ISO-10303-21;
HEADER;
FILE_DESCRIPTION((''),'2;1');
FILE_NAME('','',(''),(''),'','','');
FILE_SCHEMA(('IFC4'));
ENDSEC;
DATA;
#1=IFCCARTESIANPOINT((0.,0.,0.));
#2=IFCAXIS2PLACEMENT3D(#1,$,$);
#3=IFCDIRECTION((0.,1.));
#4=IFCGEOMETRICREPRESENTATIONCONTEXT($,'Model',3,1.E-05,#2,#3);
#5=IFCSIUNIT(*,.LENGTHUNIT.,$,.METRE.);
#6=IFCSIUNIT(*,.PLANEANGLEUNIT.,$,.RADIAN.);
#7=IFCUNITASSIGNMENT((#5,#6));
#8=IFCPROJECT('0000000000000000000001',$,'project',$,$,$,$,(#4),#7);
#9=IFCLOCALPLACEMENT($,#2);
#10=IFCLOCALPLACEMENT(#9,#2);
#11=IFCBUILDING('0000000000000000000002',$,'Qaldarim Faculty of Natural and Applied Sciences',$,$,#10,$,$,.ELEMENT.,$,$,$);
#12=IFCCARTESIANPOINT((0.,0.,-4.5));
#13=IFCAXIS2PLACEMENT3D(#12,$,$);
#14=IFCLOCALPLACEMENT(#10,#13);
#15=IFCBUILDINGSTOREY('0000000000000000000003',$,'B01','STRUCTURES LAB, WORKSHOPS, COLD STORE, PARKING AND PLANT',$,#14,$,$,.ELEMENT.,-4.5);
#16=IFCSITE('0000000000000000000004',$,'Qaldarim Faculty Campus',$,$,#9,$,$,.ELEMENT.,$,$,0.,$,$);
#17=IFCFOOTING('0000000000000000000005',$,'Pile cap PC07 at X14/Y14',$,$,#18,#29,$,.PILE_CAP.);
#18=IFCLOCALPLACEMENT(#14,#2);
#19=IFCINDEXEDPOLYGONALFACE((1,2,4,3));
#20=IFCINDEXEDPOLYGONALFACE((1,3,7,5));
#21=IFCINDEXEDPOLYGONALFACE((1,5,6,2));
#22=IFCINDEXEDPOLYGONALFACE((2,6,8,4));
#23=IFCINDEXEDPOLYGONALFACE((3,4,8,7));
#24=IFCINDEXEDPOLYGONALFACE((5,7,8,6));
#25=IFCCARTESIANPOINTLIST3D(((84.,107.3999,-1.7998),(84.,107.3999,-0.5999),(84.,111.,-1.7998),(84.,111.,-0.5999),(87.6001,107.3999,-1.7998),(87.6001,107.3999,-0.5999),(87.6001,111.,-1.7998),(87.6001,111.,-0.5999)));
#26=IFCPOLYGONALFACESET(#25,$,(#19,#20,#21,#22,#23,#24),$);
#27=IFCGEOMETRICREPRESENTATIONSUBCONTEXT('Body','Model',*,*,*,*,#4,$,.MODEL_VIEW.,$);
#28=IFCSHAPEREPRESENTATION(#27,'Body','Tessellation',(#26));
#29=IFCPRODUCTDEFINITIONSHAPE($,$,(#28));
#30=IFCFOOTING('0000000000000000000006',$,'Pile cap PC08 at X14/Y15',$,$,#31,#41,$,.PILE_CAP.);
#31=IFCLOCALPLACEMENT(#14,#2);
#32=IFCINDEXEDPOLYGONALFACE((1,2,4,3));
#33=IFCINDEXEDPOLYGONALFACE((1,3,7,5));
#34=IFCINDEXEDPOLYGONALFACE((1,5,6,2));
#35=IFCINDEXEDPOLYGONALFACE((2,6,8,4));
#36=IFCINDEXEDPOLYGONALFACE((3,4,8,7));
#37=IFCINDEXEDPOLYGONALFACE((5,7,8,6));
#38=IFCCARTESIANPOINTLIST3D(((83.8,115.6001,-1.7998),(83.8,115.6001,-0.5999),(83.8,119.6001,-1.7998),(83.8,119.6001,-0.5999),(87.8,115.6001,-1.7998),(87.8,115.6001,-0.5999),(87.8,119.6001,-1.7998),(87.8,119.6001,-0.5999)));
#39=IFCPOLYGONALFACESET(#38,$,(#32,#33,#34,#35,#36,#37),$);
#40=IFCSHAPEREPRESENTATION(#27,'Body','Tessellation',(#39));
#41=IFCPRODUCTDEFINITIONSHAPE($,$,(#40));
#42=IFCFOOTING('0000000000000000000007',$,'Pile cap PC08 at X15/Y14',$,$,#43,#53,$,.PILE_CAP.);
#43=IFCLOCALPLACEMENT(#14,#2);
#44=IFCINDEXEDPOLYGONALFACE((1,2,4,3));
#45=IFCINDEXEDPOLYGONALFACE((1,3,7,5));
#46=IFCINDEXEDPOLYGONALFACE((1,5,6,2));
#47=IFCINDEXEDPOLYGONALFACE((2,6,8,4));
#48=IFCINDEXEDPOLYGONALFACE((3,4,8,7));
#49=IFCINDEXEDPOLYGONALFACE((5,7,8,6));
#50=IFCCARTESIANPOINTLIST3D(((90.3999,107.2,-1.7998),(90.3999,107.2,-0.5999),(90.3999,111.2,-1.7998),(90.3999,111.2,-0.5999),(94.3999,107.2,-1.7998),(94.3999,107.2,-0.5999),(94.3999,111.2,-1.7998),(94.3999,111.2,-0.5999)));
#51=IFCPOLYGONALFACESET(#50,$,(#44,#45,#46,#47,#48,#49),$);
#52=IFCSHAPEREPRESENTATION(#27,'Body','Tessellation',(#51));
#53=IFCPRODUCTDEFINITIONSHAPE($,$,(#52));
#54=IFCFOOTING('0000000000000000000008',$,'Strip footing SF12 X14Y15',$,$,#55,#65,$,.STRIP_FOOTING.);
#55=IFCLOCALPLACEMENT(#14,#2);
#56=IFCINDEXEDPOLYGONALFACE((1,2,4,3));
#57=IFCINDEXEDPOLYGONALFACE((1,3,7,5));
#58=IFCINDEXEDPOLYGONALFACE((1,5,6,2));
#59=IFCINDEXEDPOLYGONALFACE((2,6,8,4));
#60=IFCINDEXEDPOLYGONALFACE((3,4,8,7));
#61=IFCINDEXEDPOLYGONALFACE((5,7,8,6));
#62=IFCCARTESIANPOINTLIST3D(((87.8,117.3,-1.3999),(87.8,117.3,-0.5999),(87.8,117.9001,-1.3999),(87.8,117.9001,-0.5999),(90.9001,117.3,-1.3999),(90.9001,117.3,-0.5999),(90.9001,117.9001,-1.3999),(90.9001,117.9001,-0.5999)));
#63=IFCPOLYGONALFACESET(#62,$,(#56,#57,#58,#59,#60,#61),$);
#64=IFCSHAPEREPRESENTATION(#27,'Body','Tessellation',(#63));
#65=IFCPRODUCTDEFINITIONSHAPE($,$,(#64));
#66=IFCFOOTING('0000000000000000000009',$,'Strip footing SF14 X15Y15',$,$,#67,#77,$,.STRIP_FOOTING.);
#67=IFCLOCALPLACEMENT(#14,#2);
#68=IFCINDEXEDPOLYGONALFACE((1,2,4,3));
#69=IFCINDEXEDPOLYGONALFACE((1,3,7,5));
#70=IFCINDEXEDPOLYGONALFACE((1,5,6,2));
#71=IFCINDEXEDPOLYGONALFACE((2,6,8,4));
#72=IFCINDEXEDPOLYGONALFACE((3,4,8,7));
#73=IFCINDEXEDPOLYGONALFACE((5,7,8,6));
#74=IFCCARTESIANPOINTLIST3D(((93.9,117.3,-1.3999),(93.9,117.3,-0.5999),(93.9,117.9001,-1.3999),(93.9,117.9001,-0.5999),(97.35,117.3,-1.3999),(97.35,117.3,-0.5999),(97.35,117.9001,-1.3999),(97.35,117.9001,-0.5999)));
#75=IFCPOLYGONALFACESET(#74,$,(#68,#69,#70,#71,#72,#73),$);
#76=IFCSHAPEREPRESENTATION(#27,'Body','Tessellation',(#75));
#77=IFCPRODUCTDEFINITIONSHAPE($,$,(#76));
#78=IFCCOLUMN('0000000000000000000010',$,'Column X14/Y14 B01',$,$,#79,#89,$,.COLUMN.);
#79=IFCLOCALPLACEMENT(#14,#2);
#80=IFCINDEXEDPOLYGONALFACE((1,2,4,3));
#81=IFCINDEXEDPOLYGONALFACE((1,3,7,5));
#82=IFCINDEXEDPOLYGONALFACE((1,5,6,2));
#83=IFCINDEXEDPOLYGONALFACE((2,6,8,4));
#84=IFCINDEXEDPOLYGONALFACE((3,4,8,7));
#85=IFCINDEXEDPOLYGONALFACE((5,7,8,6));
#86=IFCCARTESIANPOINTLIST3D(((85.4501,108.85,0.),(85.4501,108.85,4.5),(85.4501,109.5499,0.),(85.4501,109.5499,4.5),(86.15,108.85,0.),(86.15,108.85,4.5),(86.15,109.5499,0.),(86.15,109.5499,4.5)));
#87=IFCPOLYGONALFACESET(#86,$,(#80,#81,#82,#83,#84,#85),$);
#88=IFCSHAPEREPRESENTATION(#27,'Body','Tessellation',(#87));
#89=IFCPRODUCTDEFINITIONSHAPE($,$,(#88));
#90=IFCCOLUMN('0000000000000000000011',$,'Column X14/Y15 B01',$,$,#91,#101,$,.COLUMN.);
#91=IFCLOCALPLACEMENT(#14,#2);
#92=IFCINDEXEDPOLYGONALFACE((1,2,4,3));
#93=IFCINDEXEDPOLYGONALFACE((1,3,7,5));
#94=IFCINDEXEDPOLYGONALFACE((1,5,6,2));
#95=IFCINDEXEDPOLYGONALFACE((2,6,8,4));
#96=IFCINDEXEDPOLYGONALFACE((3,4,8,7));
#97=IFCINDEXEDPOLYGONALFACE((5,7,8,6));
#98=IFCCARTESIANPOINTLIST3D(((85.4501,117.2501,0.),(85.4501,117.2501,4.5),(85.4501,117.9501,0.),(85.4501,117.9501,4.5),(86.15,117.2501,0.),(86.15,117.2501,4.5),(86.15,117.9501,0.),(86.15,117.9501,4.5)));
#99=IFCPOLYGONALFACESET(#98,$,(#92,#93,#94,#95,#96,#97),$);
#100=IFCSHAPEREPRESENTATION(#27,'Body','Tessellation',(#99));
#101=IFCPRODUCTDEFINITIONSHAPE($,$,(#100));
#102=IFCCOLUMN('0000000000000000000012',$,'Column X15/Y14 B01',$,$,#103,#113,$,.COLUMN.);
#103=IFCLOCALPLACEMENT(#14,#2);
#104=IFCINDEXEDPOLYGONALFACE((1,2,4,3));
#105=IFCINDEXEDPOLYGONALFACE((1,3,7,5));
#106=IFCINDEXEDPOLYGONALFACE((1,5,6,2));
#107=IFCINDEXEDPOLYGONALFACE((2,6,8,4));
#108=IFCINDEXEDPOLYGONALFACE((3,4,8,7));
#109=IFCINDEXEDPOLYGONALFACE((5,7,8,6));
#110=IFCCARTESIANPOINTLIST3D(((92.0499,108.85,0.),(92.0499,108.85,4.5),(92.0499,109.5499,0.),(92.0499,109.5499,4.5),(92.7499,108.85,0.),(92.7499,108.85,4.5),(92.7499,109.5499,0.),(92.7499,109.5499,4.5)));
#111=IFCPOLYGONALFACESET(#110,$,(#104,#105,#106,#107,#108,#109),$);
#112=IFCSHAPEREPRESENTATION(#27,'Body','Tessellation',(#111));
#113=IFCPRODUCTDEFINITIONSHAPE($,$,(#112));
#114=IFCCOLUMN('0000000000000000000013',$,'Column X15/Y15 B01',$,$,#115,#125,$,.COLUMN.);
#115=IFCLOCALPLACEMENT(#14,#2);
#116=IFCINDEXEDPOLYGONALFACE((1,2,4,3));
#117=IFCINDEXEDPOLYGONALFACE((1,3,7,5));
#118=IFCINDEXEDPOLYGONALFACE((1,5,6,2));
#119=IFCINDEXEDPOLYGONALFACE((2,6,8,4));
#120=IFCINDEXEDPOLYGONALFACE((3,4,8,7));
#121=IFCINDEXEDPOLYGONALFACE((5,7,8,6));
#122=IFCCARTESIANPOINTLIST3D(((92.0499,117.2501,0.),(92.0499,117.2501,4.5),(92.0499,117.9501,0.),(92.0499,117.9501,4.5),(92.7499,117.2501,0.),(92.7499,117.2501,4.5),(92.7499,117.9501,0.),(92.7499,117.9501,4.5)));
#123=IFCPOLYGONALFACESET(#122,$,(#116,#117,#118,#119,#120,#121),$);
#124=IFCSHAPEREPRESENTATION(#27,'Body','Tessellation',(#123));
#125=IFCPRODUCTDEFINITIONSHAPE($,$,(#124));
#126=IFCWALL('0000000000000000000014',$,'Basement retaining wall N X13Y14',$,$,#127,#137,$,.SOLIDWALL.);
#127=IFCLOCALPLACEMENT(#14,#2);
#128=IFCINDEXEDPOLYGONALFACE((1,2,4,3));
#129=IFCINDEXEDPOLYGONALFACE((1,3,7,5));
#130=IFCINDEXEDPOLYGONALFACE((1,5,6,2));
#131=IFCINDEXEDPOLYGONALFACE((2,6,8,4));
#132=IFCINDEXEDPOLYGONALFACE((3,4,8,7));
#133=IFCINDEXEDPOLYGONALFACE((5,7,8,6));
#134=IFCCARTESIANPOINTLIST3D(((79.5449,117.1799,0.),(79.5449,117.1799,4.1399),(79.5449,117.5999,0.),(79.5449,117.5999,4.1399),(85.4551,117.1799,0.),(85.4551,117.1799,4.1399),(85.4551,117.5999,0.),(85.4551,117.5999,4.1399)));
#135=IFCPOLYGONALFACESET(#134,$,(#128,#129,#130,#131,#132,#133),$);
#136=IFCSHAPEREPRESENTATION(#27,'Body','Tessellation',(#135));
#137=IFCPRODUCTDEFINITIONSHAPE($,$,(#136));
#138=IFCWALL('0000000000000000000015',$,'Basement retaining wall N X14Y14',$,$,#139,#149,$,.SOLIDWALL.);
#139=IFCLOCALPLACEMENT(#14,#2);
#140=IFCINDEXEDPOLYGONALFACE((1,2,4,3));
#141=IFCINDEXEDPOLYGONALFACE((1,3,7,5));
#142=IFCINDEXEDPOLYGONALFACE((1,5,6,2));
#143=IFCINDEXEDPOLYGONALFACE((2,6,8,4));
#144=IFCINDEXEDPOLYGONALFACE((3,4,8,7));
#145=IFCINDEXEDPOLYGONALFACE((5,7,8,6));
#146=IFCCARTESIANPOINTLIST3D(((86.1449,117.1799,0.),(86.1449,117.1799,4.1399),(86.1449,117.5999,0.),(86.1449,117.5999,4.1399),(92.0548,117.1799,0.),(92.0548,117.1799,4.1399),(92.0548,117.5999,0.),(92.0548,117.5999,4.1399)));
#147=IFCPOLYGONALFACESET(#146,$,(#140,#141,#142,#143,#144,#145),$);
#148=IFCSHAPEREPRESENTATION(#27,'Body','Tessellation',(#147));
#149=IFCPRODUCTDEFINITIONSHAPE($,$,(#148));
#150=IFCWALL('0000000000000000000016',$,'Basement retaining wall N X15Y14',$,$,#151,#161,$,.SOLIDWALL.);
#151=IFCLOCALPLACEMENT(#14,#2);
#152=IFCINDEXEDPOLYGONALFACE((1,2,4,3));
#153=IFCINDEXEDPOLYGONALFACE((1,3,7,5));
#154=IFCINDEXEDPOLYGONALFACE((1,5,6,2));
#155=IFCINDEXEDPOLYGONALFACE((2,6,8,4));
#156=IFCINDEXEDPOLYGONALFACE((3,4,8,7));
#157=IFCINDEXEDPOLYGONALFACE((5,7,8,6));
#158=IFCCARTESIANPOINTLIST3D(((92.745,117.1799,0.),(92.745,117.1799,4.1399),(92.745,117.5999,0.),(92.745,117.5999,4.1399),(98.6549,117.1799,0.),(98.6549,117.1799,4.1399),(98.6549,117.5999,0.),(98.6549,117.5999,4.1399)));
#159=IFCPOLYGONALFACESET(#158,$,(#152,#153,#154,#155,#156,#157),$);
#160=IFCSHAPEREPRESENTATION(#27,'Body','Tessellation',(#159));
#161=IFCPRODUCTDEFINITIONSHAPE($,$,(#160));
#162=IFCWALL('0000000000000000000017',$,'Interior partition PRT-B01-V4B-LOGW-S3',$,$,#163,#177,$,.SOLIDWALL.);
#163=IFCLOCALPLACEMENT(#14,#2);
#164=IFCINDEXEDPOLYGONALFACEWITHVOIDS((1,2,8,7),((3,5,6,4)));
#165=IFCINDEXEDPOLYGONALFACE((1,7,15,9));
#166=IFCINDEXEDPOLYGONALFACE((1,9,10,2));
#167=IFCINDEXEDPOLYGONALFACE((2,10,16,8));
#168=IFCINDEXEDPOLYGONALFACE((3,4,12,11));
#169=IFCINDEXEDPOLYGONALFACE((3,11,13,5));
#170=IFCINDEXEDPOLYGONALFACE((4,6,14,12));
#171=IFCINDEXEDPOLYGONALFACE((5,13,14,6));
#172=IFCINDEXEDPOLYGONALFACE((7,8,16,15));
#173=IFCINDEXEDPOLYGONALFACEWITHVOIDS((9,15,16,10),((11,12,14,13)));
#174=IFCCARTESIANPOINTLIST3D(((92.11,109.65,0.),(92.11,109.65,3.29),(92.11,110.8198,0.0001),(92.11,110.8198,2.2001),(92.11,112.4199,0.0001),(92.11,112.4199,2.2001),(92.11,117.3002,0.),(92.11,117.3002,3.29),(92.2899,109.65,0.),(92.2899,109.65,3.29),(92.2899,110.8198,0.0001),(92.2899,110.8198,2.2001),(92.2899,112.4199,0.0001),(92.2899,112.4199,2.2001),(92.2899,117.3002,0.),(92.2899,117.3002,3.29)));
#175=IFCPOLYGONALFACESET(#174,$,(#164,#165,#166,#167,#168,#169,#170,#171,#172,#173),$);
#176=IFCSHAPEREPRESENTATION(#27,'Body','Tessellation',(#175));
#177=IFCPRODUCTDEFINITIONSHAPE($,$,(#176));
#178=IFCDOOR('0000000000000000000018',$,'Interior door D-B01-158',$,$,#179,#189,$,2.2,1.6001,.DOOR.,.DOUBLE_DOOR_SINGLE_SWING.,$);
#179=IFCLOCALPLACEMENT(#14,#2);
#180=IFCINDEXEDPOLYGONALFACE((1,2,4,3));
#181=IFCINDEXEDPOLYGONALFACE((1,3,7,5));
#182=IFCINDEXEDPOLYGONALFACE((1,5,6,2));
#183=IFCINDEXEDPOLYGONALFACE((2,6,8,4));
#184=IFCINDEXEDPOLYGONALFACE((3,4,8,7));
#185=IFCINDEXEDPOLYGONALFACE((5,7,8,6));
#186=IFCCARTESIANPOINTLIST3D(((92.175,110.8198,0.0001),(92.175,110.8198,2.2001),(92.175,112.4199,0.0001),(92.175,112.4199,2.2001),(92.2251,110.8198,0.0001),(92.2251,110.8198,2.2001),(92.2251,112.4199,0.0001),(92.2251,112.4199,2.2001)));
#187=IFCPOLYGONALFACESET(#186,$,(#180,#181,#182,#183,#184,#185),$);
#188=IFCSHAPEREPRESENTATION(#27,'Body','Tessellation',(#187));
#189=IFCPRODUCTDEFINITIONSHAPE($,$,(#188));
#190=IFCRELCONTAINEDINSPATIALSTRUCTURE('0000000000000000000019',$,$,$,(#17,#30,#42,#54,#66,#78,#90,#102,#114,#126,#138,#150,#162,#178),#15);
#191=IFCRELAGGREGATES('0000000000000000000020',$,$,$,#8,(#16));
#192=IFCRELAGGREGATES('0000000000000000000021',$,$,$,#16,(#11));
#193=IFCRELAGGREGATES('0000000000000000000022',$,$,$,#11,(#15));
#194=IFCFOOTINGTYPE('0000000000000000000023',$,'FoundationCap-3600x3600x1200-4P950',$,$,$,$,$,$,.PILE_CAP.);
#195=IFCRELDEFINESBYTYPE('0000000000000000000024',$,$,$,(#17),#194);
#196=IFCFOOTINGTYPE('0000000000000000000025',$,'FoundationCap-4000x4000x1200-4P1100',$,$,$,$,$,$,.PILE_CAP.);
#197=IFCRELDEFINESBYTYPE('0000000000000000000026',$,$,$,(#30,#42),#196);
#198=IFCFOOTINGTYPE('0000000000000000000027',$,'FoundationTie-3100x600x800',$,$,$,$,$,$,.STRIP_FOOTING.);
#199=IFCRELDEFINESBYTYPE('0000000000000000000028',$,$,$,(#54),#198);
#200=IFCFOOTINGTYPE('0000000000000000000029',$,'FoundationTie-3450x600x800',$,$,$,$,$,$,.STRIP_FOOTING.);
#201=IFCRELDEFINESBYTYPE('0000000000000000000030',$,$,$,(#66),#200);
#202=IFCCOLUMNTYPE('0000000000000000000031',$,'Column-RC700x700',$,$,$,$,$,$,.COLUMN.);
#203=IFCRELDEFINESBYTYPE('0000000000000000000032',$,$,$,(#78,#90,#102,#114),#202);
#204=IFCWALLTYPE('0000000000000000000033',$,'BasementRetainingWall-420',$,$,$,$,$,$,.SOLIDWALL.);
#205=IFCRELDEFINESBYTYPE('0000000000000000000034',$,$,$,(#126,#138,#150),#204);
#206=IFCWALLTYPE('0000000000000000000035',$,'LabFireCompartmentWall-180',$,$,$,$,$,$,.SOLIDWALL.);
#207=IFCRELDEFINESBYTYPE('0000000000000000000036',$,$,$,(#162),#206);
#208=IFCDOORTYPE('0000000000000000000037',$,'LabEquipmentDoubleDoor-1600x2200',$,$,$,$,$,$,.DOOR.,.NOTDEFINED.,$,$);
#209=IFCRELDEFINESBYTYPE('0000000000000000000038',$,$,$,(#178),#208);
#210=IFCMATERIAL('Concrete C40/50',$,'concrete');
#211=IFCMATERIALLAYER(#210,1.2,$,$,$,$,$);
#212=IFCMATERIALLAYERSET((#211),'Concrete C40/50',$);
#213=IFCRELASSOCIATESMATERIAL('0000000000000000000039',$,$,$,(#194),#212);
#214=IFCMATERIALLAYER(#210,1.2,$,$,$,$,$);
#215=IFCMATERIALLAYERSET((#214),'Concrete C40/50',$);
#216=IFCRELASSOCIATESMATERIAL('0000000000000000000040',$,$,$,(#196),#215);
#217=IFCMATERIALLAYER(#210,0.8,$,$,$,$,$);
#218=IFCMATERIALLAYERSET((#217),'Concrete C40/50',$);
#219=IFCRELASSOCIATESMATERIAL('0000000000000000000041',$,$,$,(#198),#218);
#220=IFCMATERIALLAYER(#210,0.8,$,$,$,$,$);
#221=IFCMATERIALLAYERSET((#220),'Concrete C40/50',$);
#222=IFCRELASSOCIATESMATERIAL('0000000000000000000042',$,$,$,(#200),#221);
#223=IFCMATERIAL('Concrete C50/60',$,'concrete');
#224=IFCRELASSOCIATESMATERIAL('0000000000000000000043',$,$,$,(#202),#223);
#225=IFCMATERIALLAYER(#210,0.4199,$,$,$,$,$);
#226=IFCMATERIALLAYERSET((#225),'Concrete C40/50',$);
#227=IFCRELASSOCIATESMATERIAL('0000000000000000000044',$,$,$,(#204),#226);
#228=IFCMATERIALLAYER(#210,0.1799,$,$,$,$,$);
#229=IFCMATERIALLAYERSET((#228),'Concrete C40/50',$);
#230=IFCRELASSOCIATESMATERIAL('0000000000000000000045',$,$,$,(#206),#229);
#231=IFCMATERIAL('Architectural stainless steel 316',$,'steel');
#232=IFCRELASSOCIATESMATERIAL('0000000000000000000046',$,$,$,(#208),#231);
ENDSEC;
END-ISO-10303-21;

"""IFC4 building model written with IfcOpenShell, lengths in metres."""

from ifc_helpers import new_model, si_unit, direction, frame, frame_2d, origin, origin_2d, place, context, subcontext, project, spatial, rectangle, extrude, material, layer, layer_set, material_profile, profile_set, type_object, element, fill, save


model = new_model("IFC4")

# Units and contexts
model_context = context("Model", 3, precision=1e-05, world=origin(), true_north=direction((0.0, 1.0)))
body_context = subcontext(model_context, "Body", "Model", "MODEL_VIEW")
ifc_project = project(units=[si_unit("LENGTHUNIT", "METRE"), si_unit("PLANEANGLEUNIT", "RADIAN")], contexts=[model_context])

# Site, building, storey
site_placement = place(None, origin())
site = spatial("IfcSite", under=ifc_project, at=site_placement, Name="Qaldarim Faculty Campus", CompositionType="ELEMENT", RefElevation=0.0)
building_placement = place(site_placement, origin())
building = spatial("IfcBuilding", under=site, at=building_placement, Name="Qaldarim Faculty of Natural and Applied Sciences", CompositionType="ELEMENT")
storey_placement = place(building_placement, frame((0.0, 0.0, -4.5)))
storey = spatial("IfcBuildingStorey", under=building, at=storey_placement, Name="B01", Description="STRUCTURES LAB, WORKSHOPS, COLD STORE, PARKING AND PLANT", CompositionType="ELEMENT", Elevation=-4.5)

# Shared definitions
ifc_material_1 = material(Name="Concrete C40/50", Category="concrete")

# Footings
ifc_layer_1 = layer(ifc_material_1, 1.2)
ifc_layer_set_1 = layer_set([ifc_layer_1], Name="Concrete C40/50")
footing_type_1 = type_object("IfcFootingType", Name="FoundationCap-3600x3600x1200-4P950", PredefinedType="PILE_CAP", material=ifc_layer_set_1)
footing_1_placement = place(storey_placement, frame((85.8, 109.2, -1.7998), z_axis=(0.0, 0.0, 1.0), x_axis=(1.0, 0.0, 0.0)))
element("IfcFooting", 1, at=footing_1_placement, inside=storey, type_object=footing_type_1, Name="Pile cap PC07 at X14/Y14", PredefinedType="PILE_CAP", context=body_context, shape_type="SweptSolid", body=[
    extrude(rectangle(XDim=3.6001, YDim=3.6001, at=origin_2d()), origin(), (0.0, 0.0, 1.0), 1.2),
])
ifc_layer_2 = layer(ifc_material_1, 1.2)
ifc_layer_set_2 = layer_set([ifc_layer_2], Name="Concrete C40/50")
footing_type_2 = type_object("IfcFootingType", Name="FoundationCap-4000x4000x1200-4P1100", PredefinedType="PILE_CAP", material=ifc_layer_set_2)
for number, where, z_axis, x_axis, name in (
    (2, (85.8, 117.6001, -1.7998), (0.0, 0.0, 1.0), (1.0, 0.0, 0.0), "Pile cap PC08 at X14/Y15"),
    (3, (92.3999, 109.2, -1.7998), (0.0, 0.0, 1.0), (1.0, 0.0, 0.0), "Pile cap PC08 at X15/Y14"),
):
    element("IfcFooting", number, at=place(storey_placement, frame(where, z_axis=z_axis, x_axis=x_axis)), inside=storey, type_object=footing_type_2, Name=name, PredefinedType="PILE_CAP", context=body_context, shape_type="SweptSolid", body=[
        extrude(rectangle(XDim=4.0, YDim=4.0, at=origin_2d()), origin(), (0.0, 0.0, 1.0), 1.2),
    ])
ifc_layer_3 = layer(ifc_material_1, 0.8)
ifc_layer_set_3 = layer_set([ifc_layer_3], Name="Concrete C40/50")
footing_type_3 = type_object("IfcFootingType", Name="FoundationTie-3100x600x800", PredefinedType="STRIP_FOOTING", material=ifc_layer_set_3)
footing_2_placement = place(storey_placement, frame((89.3501, 117.6001, -1.3999), z_axis=(0.0, 0.0, 1.0), x_axis=(1.0, 0.0, 0.0)))
element("IfcFooting", 4, at=footing_2_placement, inside=storey, type_object=footing_type_3, Name="Strip footing SF12 X14Y15", PredefinedType="STRIP_FOOTING", context=body_context, shape_type="SweptSolid", body=[
    extrude(rectangle(XDim=3.1001, YDim=0.6001, at=origin_2d()), origin(), (0.0, 0.0, 1.0), 0.8),
])
ifc_layer_4 = layer(ifc_material_1, 0.8)
ifc_layer_set_4 = layer_set([ifc_layer_4], Name="Concrete C40/50")
footing_type_4 = type_object("IfcFootingType", Name="FoundationTie-3450x600x800", PredefinedType="STRIP_FOOTING", material=ifc_layer_set_4)
footing_3_placement = place(storey_placement, frame((95.625, 117.6001, -1.3999), z_axis=(0.0, 0.0, 1.0), x_axis=(1.0, 0.0, 0.0)))
element("IfcFooting", 5, at=footing_3_placement, inside=storey, type_object=footing_type_4, Name="Strip footing SF14 X15Y15", PredefinedType="STRIP_FOOTING", context=body_context, shape_type="SweptSolid", body=[
    extrude(rectangle(XDim=3.45, YDim=0.6001, at=origin_2d()), origin(), (0.0, 0.0, 1.0), 0.8),
])

# Columns
ifc_material_2 = material(Name="Concrete C50/60", Category="concrete")
ifc_material_profile_1 = material_profile(ifc_material_2, rectangle(XDim=0.7, YDim=0.7, at=origin_2d()), Name="RC-C700x700")
ifc_profile_set_1 = profile_set([ifc_material_profile_1], Name="Concrete C50/60")
column_type = type_object("IfcColumnType", Name="Column-RC700x700", PredefinedType="COLUMN", material=ifc_profile_set_1)
for number, where, z_axis, x_axis, name in (
    (6, (85.8, 109.2, 0.0), (0.0, 0.0, 1.0), (1.0, 0.0, 0.0), "Column X14/Y14 B01"),
    (7, (85.8, 117.6001, 0.0), (0.0, 0.0, 1.0), (1.0, 0.0, 0.0), "Column X14/Y15 B01"),
    (8, (92.3999, 109.2, 0.0), (0.0, 0.0, 1.0), (1.0, 0.0, 0.0), "Column X15/Y14 B01"),
    (9, (92.3999, 117.6001, 0.0), (0.0, 0.0, 1.0), (1.0, 0.0, 0.0), "Column X15/Y15 B01"),
):
    element("IfcColumn", number, at=place(storey_placement, frame(where, z_axis=z_axis, x_axis=x_axis)), inside=storey, type_object=column_type, Name=name, PredefinedType="COLUMN", context=body_context, shape_type="SweptSolid", body=[
        extrude(rectangle(XDim=0.7, YDim=0.7, at=origin_2d()), origin(), (0.0, 0.0, 1.0), 4.5),
    ])

# Walls
ifc_layer_5 = layer(ifc_material_1, 0.4199)
ifc_layer_set_5 = layer_set([ifc_layer_5], Name="Concrete C40/50")
wall_type_1 = type_object("IfcWallType", Name="BasementRetainingWall-420", PredefinedType="SOLIDWALL", material=ifc_layer_set_5)
wall_1_placement = place(storey_placement, frame((85.4551, 117.3899, 0.0), z_axis=(0.0, 0.0, 1.0), x_axis=(-1.0, 0.0, 0.0)))
element("IfcWall", 10, at=wall_1_placement, inside=storey, type_object=wall_type_1, Name="Basement retaining wall N X13Y14", PredefinedType="SOLIDWALL", context=body_context, shape_type="SweptSolid", body=[
    extrude(rectangle(XDim=5.9102, YDim=0.4199, at=frame_2d((2.9551, 0.0))), origin(), (0.0, 0.0, 1.0), 4.1399),
])
for number, where, z_axis, x_axis, name in (
    (11, (92.0549, 117.3899, 0.0), (0.0, 0.0, 1.0), (-1.0, 0.0, 0.0), "Basement retaining wall N X14Y14"),
    (12, (98.655, 117.3899, 0.0), (0.0, 0.0, 1.0), (-1.0, 0.0, 0.0), "Basement retaining wall N X15Y14"),
):
    element("IfcWall", number, at=place(storey_placement, frame(where, z_axis=z_axis, x_axis=x_axis)), inside=storey, type_object=wall_type_1, Name=name, PredefinedType="SOLIDWALL", context=body_context, shape_type="SweptSolid", body=[
        extrude(rectangle(XDim=5.9099, YDim=0.4199, at=frame_2d((2.9551, 0.0))), origin(), (0.0, 0.0, 1.0), 4.1399),
    ])

# Wall, opening, door
ifc_layer_6 = layer(ifc_material_1, 0.1799)
ifc_layer_set_6 = layer_set([ifc_layer_6], Name="Concrete C40/50")
wall_type_2 = type_object("IfcWallType", Name="LabFireCompartmentWall-180", PredefinedType="SOLIDWALL", material=ifc_layer_set_6)
wall_2_placement = place(storey_placement, frame((92.2, 109.6499, 0.0), z_axis=(0.0, 0.0, 1.0), x_axis=(0.0, 1.0, 0.0)))
wall_2 = element("IfcWall", 13, at=wall_2_placement, inside=storey, type_object=wall_type_2, Name="Interior partition PRT-B01-V4B-LOGW-S3", PredefinedType="SOLIDWALL", context=body_context, shape_type="SweptSolid", body=[
    extrude(rectangle(XDim=7.6501, YDim=0.1799, at=frame_2d((3.8252, 0.0))), origin(), (0.0, 0.0, 1.0), 3.29),
])
opening_placement = place(wall_2_placement, frame((1.1699, 0.0, 0.0)))
opening = element("IfcOpeningElement", 14, at=opening_placement, cuts=wall_2, PredefinedType="OPENING", context=body_context, shape_type="SweptSolid", body=[
    extrude(rectangle(XDim=1.6001, YDim=2.2, at=frame_2d((0.8, 1.1001))), frame((0.0, 0.0999, 0.0), z_axis=(0.0, -1.0, 0.0), x_axis=(1.0, 0.0, 0.0)), (0.0, 0.0, 1.0), 0.2),
])
ifc_material_3 = material(Name="Architectural stainless steel 316", Category="steel")
door_type = type_object("IfcDoorType", Name="LabEquipmentDoubleDoor-1600x2200", OperationType="NOTDEFINED", PredefinedType="DOOR", material=ifc_material_3)
door_placement = place(opening_placement, origin())
door = element("IfcDoor", 15, at=door_placement, inside=storey, type_object=door_type, Name="Interior door D-B01-158", OperationType="DOUBLE_DOOR_SINGLE_SWING", OverallHeight=2.2, OverallWidth=1.6001, PredefinedType="DOOR", context=body_context, shape_type="SweptSolid", body=[
    extrude(rectangle(XDim=1.6001, YDim=2.2, at=frame_2d((0.8, 1.1001))), frame((0.0, 0.0249, 0.0), z_axis=(0.0, -1.0, 0.0), x_axis=(1.0, 0.0, 0.0)), (0.0, 0.0, 1.0), 0.05),
])
fill(opening, door)

save(model, "model.ifc")
